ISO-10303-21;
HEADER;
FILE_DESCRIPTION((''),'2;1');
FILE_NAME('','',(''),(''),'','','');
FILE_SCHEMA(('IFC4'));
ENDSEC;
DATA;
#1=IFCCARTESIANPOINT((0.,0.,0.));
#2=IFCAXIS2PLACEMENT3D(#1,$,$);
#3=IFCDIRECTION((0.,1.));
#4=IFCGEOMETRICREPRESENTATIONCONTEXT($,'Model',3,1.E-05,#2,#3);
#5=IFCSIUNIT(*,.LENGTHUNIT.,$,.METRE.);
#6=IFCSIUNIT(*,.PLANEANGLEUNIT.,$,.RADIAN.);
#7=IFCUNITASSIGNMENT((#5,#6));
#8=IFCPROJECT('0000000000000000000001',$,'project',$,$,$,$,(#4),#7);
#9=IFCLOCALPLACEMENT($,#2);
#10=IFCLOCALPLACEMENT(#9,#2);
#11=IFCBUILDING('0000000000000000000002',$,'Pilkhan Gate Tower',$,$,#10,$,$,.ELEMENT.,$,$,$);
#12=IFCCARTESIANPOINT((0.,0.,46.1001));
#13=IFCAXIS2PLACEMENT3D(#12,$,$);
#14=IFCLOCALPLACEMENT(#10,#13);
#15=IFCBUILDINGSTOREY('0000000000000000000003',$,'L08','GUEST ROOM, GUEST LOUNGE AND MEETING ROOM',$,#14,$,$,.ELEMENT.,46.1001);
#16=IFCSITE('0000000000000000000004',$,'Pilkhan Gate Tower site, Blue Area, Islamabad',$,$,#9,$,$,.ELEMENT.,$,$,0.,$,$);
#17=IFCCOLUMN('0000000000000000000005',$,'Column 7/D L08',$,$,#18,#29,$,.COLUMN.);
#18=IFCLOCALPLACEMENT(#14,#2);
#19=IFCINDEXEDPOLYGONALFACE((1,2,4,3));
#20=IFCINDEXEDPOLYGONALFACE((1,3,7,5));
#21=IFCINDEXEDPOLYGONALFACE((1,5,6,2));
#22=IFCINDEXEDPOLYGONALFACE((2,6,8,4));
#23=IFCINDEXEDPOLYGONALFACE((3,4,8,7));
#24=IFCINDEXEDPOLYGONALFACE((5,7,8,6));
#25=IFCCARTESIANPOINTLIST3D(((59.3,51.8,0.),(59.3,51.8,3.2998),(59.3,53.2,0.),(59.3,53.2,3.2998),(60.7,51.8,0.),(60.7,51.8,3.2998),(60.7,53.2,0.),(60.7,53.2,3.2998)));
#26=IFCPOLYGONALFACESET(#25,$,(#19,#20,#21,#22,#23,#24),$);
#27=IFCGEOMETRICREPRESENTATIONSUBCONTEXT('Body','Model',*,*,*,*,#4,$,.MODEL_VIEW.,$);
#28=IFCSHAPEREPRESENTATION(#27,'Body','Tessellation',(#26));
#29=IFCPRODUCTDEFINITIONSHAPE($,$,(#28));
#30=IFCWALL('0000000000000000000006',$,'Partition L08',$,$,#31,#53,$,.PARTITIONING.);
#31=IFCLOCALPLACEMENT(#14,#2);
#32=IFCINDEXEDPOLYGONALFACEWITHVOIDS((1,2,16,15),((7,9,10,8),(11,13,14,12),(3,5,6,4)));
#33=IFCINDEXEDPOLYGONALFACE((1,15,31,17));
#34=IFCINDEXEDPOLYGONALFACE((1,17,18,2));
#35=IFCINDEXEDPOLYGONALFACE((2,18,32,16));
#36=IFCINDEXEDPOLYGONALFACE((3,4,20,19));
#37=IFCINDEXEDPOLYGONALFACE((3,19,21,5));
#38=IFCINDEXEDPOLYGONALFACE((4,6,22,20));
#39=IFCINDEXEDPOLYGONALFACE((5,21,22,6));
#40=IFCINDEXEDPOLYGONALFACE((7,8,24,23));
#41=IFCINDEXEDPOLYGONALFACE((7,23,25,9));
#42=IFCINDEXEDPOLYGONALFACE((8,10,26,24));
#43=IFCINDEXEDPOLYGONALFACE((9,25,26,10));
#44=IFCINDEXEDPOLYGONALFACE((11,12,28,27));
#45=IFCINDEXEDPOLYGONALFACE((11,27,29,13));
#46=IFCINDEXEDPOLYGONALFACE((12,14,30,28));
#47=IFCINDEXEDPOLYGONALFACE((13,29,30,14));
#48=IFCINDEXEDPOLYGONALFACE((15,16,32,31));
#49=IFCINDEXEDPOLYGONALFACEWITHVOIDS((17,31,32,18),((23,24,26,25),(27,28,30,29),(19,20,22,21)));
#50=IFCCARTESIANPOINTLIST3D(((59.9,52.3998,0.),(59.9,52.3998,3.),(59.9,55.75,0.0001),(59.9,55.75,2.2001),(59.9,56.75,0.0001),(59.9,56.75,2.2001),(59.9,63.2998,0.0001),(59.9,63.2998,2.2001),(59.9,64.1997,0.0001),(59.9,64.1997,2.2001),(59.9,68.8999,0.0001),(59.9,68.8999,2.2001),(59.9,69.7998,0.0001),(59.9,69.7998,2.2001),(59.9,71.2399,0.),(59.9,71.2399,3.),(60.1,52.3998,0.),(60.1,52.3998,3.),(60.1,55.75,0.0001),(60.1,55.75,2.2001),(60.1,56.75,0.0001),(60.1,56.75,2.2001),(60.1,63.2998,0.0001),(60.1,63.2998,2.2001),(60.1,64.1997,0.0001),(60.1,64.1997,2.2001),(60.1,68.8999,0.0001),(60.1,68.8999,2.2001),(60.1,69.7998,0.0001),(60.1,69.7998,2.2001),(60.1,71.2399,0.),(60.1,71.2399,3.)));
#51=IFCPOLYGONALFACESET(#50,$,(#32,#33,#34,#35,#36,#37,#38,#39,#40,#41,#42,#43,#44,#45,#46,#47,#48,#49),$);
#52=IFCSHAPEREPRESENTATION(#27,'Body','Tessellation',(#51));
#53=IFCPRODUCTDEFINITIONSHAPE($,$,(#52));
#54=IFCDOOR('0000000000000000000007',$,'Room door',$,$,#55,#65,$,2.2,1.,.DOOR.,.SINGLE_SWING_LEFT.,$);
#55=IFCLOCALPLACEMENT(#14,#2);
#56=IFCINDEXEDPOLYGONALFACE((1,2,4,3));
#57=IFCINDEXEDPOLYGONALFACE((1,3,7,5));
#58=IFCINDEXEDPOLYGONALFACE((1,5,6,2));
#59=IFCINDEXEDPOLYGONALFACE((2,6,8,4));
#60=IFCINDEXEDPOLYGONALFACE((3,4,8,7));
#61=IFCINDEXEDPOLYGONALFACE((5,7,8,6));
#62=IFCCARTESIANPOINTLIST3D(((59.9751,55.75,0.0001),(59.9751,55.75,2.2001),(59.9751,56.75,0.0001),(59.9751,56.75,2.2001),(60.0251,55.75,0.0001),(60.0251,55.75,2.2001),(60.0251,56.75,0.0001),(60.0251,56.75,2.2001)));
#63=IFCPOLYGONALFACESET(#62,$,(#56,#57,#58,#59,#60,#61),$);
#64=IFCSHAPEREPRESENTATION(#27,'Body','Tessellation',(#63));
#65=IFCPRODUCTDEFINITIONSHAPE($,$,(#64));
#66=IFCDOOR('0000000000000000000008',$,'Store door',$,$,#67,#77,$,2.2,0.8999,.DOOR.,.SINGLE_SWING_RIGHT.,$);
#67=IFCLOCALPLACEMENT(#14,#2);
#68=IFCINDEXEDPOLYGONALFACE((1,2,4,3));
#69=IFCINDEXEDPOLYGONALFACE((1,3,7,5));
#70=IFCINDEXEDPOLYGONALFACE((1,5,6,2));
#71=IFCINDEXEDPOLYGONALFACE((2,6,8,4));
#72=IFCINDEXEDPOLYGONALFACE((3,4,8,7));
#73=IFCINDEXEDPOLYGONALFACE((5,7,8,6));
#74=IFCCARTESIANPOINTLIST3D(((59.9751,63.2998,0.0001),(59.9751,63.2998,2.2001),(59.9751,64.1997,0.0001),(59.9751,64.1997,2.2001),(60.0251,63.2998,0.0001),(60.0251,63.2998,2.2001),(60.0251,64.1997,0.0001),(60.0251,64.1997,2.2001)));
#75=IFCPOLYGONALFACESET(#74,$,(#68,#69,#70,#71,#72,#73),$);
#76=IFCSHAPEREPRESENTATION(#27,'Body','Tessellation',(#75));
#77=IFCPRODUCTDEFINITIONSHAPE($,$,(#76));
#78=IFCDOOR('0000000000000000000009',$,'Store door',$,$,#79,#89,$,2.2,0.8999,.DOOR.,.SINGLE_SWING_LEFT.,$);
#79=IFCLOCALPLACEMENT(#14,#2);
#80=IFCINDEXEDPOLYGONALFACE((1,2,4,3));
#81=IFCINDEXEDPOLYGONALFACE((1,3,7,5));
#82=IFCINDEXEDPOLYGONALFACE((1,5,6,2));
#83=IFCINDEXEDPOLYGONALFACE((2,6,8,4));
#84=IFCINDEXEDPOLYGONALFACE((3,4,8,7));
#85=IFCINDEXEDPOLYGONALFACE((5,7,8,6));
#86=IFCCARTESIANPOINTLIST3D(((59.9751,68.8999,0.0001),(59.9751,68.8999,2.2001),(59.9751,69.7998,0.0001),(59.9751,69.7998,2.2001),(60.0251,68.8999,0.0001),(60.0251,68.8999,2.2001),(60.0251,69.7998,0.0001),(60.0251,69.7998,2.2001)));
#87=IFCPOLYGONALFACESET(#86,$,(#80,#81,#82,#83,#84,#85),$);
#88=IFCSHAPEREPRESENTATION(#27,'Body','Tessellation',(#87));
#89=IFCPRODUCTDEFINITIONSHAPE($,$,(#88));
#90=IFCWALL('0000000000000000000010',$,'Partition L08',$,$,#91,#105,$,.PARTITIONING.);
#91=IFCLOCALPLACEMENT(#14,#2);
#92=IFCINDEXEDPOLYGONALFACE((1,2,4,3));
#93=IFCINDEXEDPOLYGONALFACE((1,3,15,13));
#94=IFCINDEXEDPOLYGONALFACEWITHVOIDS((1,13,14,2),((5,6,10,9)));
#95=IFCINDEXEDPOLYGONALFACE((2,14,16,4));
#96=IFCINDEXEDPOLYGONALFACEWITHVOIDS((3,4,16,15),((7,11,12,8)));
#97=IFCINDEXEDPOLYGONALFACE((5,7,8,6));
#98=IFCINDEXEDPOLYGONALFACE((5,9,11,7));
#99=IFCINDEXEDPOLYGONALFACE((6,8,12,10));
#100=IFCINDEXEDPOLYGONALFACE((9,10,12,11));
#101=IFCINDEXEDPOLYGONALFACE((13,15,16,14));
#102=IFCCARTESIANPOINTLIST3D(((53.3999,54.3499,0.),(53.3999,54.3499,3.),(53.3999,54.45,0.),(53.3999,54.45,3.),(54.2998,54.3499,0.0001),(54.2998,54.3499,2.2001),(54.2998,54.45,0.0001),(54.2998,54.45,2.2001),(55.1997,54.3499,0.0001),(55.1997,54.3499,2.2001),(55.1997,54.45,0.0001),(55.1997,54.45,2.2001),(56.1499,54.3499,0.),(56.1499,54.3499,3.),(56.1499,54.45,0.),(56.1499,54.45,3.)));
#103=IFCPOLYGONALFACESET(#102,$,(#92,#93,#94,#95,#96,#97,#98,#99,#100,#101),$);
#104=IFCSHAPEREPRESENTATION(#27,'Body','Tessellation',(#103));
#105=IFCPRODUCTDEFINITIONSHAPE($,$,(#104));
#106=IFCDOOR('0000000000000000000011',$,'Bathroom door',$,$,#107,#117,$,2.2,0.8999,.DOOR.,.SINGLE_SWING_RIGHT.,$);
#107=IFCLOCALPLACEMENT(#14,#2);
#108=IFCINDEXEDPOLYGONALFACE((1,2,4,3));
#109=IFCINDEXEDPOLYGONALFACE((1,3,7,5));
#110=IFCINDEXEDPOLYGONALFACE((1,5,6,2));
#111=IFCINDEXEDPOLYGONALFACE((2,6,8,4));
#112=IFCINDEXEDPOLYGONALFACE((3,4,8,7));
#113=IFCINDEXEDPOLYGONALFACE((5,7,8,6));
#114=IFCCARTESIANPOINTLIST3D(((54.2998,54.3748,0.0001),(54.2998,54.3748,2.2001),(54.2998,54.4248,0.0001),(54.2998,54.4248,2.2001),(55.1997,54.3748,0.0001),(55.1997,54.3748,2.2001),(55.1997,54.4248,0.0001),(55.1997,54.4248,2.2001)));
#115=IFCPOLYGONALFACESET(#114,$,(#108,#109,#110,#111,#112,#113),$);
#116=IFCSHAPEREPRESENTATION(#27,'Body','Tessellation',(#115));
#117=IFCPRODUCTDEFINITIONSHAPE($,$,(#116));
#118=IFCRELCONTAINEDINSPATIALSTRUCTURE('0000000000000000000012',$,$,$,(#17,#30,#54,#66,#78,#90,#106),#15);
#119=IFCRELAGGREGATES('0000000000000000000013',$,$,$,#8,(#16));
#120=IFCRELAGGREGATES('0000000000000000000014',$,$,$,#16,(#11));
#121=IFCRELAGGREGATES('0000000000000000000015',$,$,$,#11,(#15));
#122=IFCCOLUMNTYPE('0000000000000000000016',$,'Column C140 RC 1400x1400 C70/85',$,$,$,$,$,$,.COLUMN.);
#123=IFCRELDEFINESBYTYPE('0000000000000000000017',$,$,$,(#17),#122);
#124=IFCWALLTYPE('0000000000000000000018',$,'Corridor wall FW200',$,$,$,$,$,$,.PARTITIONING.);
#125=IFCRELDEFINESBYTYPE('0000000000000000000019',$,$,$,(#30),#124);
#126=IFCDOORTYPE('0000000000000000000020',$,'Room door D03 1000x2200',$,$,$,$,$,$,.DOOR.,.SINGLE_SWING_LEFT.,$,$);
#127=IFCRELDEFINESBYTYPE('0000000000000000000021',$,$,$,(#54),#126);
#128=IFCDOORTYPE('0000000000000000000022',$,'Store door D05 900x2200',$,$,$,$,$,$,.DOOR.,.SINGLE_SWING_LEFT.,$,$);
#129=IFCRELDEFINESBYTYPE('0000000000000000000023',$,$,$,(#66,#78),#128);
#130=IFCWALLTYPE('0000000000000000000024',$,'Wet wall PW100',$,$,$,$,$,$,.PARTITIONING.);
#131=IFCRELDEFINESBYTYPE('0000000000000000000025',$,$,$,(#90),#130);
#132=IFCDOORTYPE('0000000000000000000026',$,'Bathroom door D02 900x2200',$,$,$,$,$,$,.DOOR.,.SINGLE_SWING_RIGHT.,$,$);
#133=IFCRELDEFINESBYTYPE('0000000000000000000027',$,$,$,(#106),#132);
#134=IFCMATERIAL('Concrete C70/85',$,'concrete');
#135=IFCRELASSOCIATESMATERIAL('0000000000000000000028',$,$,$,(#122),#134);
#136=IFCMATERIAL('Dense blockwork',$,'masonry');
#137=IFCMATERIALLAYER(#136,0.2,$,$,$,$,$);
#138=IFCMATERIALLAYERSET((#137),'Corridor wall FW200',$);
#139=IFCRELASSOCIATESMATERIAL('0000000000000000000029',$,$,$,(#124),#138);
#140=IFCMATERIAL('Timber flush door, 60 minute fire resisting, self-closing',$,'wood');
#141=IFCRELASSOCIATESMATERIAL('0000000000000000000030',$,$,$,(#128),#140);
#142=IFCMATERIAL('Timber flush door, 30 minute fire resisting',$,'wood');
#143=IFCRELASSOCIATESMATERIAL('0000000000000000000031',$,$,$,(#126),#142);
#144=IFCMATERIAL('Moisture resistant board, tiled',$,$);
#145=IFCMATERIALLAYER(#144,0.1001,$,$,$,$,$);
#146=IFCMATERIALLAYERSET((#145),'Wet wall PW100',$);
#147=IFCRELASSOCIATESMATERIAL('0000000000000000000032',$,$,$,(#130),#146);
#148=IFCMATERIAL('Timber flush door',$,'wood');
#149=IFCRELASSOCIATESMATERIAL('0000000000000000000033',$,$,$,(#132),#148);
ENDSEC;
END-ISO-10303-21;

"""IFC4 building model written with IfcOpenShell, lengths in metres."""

from ifc_helpers import new_model, si_unit, direction, frame, frame_2d, origin, origin_2d, place, context, subcontext, project, spatial, rectangle, extrude, material, layer, layer_set, material_profile, profile_set, type_object, element, fill, save


model = new_model("IFC4")

# Units and contexts
model_context = context("Model", 3, precision=1e-05, world=origin(), true_north=direction((0.0, 1.0)))
body_context = subcontext(model_context, "Body", "Model", "MODEL_VIEW")
ifc_project = project(units=[si_unit("LENGTHUNIT", "METRE"), si_unit("PLANEANGLEUNIT", "RADIAN")], contexts=[model_context])

# Site, building, storey
site_placement = place(None, origin())
site = spatial("IfcSite", under=ifc_project, at=site_placement, Name="Pilkhan Gate Tower site, Blue Area, Islamabad", CompositionType="ELEMENT", RefElevation=0.0)
building_placement = place(site_placement, origin())
building = spatial("IfcBuilding", under=site, at=building_placement, Name="Pilkhan Gate Tower", CompositionType="ELEMENT")
storey_placement = place(building_placement, frame((0.0, 0.0, 46.1001)))
storey = spatial("IfcBuildingStorey", under=building, at=storey_placement, Name="L08", Description="GUEST ROOM, GUEST LOUNGE AND MEETING ROOM", CompositionType="ELEMENT", Elevation=46.1001)

# Column
ifc_material_1 = material(Name="Concrete C70/85", Category="concrete")
ifc_material_profile = material_profile(ifc_material_1, rectangle(XDim=1.3999, YDim=1.3999, at=origin_2d()), Name="RC 1400x1400")
ifc_profile_set = profile_set([ifc_material_profile], Name="Concrete C70/85")
column_type = type_object("IfcColumnType", Name="Column C140 RC 1400x1400 C70/85", PredefinedType="COLUMN", material=ifc_profile_set)
column_placement = place(storey_placement, frame((60.0, 52.5, 0.0), z_axis=(0.0, 0.0, 1.0), x_axis=(1.0, 0.0, 0.0)))
element("IfcColumn", 1, at=column_placement, inside=storey, type_object=column_type, Name="Column 7/D L08", PredefinedType="COLUMN", context=body_context, shape_type="SweptSolid", body=[
    extrude(rectangle(XDim=1.3999, YDim=1.3999, at=origin_2d()), origin(), (0.0, 0.0, 1.0), 3.2998),
])

# Wall, openings, doors
ifc_material_2 = material(Name="Dense blockwork", Category="masonry")
ifc_layer_1 = layer(ifc_material_2, 0.2)
ifc_layer_set_1 = layer_set([ifc_layer_1], Name="Corridor wall FW200")
wall_type_1 = type_object("IfcWallType", Name="Corridor wall FW200", PredefinedType="PARTITIONING", material=ifc_layer_set_1)
ifc_material_3 = material(Name="Timber flush door, 30 minute fire resisting", Category="wood")
ifc_material_4 = material(Name="Timber flush door, 60 minute fire resisting, self-closing", Category="wood")
door_type_1 = type_object("IfcDoorType", Name="Store door D05 900x2200", OperationType="SINGLE_SWING_LEFT", PredefinedType="DOOR", material=ifc_material_4)
wall_1_placement = place(storey_placement, frame((60.0, 52.3999, 0.0), z_axis=(0.0, 0.0, 1.0), x_axis=(0.0, 1.0, 0.0)))
wall_1 = element("IfcWall", 2, at=wall_1_placement, inside=storey, type_object=wall_type_1, Name="Partition L08", PredefinedType="PARTITIONING", context=body_context, shape_type="SweptSolid", body=[
    extrude(rectangle(XDim=18.8401, YDim=0.2, at=frame_2d((9.4199, 0.0))), origin(), (0.0, 0.0, 1.0), 3.0),
])
opening_1_placement = place(wall_1_placement, frame((3.3501, 0.0, 0.0)))
opening_1 = element("IfcOpeningElement", 3, at=opening_1_placement, cuts=wall_1, PredefinedType="OPENING", context=body_context, shape_type="SweptSolid", body=[
    extrude(rectangle(XDim=1.0, YDim=2.2, at=frame_2d((0.5, 1.1001))), frame((0.0, 0.1099, 0.0), z_axis=(0.0, -1.0, 0.0), x_axis=(1.0, 0.0, 0.0)), (0.0, 0.0, 1.0), 0.22),
])
opening_2_placement = place(wall_1_placement, frame((10.8999, 0.0, 0.0)))
opening_2 = element("IfcOpeningElement", 4, at=opening_2_placement, cuts=wall_1, PredefinedType="OPENING", context=body_context, shape_type="SweptSolid", body=[
    extrude(rectangle(XDim=0.8999, YDim=2.2, at=frame_2d((0.45, 1.1001))), frame((0.0, 0.1099, 0.0), z_axis=(0.0, -1.0, 0.0), x_axis=(1.0, 0.0, 0.0)), (0.0, 0.0, 1.0), 0.22),
])
opening_3_placement = place(wall_1_placement, frame((16.5, 0.0, 0.0)))
opening_3 = element("IfcOpeningElement", 5, at=opening_3_placement, cuts=wall_1, PredefinedType="OPENING", context=body_context, shape_type="SweptSolid", body=[
    extrude(rectangle(XDim=0.8999, YDim=2.2, at=frame_2d((0.45, 1.1001))), frame((0.0, 0.1099, 0.0), z_axis=(0.0, -1.0, 0.0), x_axis=(1.0, 0.0, 0.0)), (0.0, 0.0, 1.0), 0.22),
])
door_type_2 = type_object("IfcDoorType", Name="Room door D03 1000x2200", OperationType="SINGLE_SWING_LEFT", PredefinedType="DOOR", material=ifc_material_3)
door_1_placement = place(opening_1_placement, origin())
door_1 = element("IfcDoor", 6, at=door_1_placement, inside=storey, type_object=door_type_2, Name="Room door", OperationType="SINGLE_SWING_LEFT", OverallHeight=2.2, OverallWidth=1.0, PredefinedType="DOOR", context=body_context, shape_type="SweptSolid", body=[
    extrude(rectangle(XDim=1.0, YDim=2.2, at=frame_2d((0.5, 1.1001))), frame((0.0, 0.0249, 0.0), z_axis=(0.0, -1.0, 0.0), x_axis=(1.0, 0.0, 0.0)), (0.0, 0.0, 1.0), 0.05),
])
fill(opening_1, door_1)
door_2_placement = place(opening_2_placement, origin())
door_2 = element("IfcDoor", 7, at=door_2_placement, inside=storey, type_object=door_type_1, Name="Store door", OperationType="SINGLE_SWING_RIGHT", OverallHeight=2.2, OverallWidth=0.8999, PredefinedType="DOOR", context=body_context, shape_type="SweptSolid", body=[
    extrude(rectangle(XDim=0.8999, YDim=2.2, at=frame_2d((0.45, 1.1001))), frame((0.0, 0.0249, 0.0), z_axis=(0.0, -1.0, 0.0), x_axis=(1.0, 0.0, 0.0)), (0.0, 0.0, 1.0), 0.05),
])
fill(opening_2, door_2)
door_3_placement = place(opening_3_placement, origin())
door_3 = element("IfcDoor", 8, at=door_3_placement, inside=storey, type_object=door_type_1, Name="Store door", OperationType="SINGLE_SWING_LEFT", OverallHeight=2.2, OverallWidth=0.8999, PredefinedType="DOOR", context=body_context, shape_type="SweptSolid", body=[
    extrude(rectangle(XDim=0.8999, YDim=2.2, at=frame_2d((0.45, 1.1001))), frame((0.0, 0.0249, 0.0), z_axis=(0.0, -1.0, 0.0), x_axis=(1.0, 0.0, 0.0)), (0.0, 0.0, 1.0), 0.05),
])
fill(opening_3, door_3)

# Wall, opening, door
ifc_material_5 = material(Name="Moisture resistant board, tiled")
ifc_layer_2 = layer(ifc_material_5, 0.1001)
ifc_layer_set_2 = layer_set([ifc_layer_2], Name="Wet wall PW100")
wall_type_2 = type_object("IfcWallType", Name="Wet wall PW100", PredefinedType="PARTITIONING", material=ifc_layer_set_2)
wall_2_placement = place(storey_placement, frame((53.3999, 54.3999, 0.0), z_axis=(0.0, 0.0, 1.0), x_axis=(1.0, 0.0, 0.0)))
wall_2 = element("IfcWall", 9, at=wall_2_placement, inside=storey, type_object=wall_type_2, Name="Partition L08", PredefinedType="PARTITIONING", context=body_context, shape_type="SweptSolid", body=[
    extrude(rectangle(XDim=2.75, YDim=0.1001, at=frame_2d((1.375, 0.0))), origin(), (0.0, 0.0, 1.0), 3.0),
])
opening_4_placement = place(wall_2_placement, frame((0.8999, 0.0, 0.0)))
opening_4 = element("IfcOpeningElement", 10, at=opening_4_placement, cuts=wall_2, PredefinedType="OPENING", context=body_context, shape_type="SweptSolid", body=[
    extrude(rectangle(XDim=0.8999, YDim=2.2, at=frame_2d((0.45, 1.1001))), frame((0.0, 0.0601, 0.0), z_axis=(0.0, -1.0, 0.0), x_axis=(1.0, 0.0, 0.0)), (0.0, 0.0, 1.0), 0.1201),
])
ifc_material_6 = material(Name="Timber flush door", Category="wood")
door_type_3 = type_object("IfcDoorType", Name="Bathroom door D02 900x2200", OperationType="SINGLE_SWING_RIGHT", PredefinedType="DOOR", material=ifc_material_6)
door_4_placement = place(opening_4_placement, origin())
door_4 = element("IfcDoor", 11, at=door_4_placement, inside=storey, type_object=door_type_3, Name="Bathroom door", OperationType="SINGLE_SWING_RIGHT", OverallHeight=2.2, OverallWidth=0.8999, PredefinedType="DOOR", context=body_context, shape_type="SweptSolid", body=[
    extrude(rectangle(XDim=0.8999, YDim=2.2, at=frame_2d((0.45, 1.1001))), frame((0.0, 0.0249, 0.0), z_axis=(0.0, -1.0, 0.0), x_axis=(1.0, 0.0, 0.0)), (0.0, 0.0, 1.0), 0.05),
])
fill(opening_4, door_4)

save(model, "model.ifc")
